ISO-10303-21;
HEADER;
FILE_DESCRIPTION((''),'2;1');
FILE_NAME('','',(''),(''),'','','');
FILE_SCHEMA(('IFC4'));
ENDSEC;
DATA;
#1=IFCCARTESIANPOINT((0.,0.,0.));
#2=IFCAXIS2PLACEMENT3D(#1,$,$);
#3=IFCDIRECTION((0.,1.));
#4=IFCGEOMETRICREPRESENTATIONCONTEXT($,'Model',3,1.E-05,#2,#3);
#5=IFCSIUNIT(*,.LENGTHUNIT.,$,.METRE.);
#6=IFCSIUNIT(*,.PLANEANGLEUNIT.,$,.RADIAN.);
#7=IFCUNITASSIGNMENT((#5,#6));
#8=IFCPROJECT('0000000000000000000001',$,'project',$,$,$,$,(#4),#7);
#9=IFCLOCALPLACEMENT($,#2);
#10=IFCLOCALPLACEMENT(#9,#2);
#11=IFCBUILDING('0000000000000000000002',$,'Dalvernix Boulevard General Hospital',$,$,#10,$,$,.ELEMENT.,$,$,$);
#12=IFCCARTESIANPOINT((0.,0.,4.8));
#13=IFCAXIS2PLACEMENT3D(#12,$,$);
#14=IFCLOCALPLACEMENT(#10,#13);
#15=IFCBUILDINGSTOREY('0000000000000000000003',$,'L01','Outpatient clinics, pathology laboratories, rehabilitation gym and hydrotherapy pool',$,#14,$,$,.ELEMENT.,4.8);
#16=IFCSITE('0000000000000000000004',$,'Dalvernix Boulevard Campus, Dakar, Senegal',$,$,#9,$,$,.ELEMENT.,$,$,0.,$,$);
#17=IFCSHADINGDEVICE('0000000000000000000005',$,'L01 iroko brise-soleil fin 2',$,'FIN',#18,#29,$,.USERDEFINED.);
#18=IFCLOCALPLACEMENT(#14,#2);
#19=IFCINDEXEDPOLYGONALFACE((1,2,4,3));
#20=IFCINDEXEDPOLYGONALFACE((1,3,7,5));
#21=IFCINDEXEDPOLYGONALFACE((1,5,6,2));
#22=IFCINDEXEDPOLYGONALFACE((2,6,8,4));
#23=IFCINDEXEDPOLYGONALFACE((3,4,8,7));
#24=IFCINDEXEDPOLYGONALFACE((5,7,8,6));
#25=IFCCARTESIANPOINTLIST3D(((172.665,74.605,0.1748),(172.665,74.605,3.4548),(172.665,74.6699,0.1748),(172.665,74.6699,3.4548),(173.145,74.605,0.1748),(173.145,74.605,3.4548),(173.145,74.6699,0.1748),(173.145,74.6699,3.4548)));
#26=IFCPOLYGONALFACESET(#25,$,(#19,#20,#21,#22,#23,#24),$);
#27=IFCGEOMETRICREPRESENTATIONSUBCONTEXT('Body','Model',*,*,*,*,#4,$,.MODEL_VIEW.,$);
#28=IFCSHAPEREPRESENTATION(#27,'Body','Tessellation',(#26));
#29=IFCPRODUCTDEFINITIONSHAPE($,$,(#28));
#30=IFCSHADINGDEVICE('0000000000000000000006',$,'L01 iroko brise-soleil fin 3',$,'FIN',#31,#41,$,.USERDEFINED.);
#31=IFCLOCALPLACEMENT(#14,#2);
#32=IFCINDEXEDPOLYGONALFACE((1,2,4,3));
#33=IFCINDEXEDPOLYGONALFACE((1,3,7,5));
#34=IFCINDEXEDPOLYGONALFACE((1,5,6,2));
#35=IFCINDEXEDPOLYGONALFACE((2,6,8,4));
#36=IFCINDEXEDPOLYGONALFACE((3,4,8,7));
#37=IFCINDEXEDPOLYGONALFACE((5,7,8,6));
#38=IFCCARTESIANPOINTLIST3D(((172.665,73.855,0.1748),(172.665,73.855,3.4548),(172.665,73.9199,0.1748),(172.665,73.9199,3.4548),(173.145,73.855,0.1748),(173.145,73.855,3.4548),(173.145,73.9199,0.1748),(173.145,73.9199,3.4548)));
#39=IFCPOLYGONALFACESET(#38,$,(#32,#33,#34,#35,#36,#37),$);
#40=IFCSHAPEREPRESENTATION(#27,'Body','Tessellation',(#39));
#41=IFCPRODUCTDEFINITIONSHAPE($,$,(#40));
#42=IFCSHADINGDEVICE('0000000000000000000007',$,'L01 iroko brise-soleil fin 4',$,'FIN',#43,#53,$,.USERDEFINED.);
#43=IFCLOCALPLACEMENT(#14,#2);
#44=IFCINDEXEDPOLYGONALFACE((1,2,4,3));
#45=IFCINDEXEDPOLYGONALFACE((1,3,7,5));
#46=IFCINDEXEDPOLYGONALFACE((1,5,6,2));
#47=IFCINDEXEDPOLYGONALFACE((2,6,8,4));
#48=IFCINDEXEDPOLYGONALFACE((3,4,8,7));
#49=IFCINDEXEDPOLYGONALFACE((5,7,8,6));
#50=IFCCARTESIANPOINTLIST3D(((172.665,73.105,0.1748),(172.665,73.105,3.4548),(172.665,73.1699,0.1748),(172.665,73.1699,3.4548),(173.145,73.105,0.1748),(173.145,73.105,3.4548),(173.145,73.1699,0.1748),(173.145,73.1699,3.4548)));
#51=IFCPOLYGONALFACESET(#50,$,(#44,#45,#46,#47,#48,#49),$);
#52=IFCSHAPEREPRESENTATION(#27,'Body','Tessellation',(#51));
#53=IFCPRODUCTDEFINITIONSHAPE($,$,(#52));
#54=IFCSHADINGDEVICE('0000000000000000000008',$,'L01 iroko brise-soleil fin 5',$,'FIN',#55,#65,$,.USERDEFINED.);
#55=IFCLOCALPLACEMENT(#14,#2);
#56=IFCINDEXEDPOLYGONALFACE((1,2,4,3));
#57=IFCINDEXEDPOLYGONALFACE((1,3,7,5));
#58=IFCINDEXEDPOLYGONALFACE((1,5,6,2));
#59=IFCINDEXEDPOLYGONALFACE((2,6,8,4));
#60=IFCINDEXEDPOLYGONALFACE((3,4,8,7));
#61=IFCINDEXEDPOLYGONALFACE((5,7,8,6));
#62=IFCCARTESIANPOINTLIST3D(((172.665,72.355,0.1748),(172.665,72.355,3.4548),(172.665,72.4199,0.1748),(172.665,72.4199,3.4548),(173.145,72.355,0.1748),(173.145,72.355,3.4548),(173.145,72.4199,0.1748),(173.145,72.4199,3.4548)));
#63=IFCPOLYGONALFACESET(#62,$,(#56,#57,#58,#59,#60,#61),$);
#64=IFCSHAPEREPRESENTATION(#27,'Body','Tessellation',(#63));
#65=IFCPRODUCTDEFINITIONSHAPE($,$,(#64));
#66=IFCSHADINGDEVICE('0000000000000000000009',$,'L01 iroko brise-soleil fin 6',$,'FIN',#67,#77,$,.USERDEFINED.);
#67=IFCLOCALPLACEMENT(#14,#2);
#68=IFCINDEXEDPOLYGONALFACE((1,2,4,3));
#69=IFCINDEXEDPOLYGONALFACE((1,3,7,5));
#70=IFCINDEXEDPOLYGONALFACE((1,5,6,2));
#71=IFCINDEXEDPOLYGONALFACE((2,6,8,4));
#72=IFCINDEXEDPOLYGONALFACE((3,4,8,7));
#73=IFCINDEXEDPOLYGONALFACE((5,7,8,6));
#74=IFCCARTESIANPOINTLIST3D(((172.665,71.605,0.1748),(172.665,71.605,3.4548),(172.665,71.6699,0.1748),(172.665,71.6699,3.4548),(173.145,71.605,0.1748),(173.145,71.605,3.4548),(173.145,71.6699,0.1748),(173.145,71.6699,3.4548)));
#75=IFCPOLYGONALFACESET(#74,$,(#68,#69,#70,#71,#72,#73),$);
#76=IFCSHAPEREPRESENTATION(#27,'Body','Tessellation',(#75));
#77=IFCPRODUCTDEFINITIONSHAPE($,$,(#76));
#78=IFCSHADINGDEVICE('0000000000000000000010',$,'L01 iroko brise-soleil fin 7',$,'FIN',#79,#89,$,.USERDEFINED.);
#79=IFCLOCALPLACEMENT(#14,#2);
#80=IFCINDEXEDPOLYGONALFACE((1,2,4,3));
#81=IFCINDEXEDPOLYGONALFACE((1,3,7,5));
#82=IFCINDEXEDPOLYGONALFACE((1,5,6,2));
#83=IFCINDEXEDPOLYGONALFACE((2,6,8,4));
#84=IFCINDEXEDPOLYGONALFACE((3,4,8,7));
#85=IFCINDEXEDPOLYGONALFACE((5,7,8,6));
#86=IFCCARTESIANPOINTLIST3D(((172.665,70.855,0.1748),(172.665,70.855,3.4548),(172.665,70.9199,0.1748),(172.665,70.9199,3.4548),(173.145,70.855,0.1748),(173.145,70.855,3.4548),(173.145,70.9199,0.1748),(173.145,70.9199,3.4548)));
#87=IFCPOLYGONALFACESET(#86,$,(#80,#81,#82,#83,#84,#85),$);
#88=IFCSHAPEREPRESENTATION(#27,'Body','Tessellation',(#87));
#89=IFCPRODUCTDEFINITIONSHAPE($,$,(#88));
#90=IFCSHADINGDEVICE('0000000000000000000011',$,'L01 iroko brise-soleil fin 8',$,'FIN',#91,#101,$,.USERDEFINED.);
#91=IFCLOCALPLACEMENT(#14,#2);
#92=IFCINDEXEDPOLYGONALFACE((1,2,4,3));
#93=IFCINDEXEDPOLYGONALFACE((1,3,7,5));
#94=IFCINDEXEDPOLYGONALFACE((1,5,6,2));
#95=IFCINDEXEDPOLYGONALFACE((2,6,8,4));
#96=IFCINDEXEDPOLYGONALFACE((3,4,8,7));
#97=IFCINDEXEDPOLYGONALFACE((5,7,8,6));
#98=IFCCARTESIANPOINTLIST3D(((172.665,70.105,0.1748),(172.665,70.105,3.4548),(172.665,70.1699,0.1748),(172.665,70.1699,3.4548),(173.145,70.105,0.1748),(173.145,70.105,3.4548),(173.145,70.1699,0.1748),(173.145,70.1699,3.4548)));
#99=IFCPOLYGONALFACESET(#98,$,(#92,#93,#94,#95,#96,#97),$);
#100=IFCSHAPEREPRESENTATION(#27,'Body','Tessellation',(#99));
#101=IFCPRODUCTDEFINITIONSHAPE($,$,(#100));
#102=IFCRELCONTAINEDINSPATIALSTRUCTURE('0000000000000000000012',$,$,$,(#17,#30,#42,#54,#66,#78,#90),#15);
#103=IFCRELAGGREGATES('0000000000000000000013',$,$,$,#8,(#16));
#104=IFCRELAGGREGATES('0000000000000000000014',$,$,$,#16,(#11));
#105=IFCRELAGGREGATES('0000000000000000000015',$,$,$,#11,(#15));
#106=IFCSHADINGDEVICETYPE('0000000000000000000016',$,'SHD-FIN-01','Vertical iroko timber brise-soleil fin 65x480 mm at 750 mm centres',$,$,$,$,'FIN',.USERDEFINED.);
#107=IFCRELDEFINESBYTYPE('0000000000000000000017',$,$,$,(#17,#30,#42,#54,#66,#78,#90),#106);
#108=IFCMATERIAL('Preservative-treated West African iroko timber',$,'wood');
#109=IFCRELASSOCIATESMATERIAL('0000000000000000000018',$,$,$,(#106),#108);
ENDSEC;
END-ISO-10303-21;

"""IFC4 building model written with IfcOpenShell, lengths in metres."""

from ifc_helpers import new_model, si_unit, direction, frame, origin, origin_2d, place, context, subcontext, project, spatial, rectangle, extrude, material, type_object, element, save


model = new_model("IFC4")

# Units and contexts
model_context = context("Model", 3, precision=1e-05, world=origin(), true_north=direction((0.0, 1.0)))
body_context = subcontext(model_context, "Body", "Model", "MODEL_VIEW")
ifc_project = project(units=[si_unit("LENGTHUNIT", "METRE"), si_unit("PLANEANGLEUNIT", "RADIAN")], contexts=[model_context])

# Site, building, storey
site_placement = place(None, origin())
site = spatial("IfcSite", under=ifc_project, at=site_placement, Name="Dalvernix Boulevard Campus, Dakar, Senegal", CompositionType="ELEMENT", RefElevation=0.0)
building_placement = place(site_placement, origin())
building = spatial("IfcBuilding", under=site, at=building_placement, Name="Dalvernix Boulevard General Hospital", CompositionType="ELEMENT")
storey_placement = place(building_placement, frame((0.0, 0.0, 4.8)))
storey = spatial("IfcBuildingStorey", under=building, at=storey_placement, Name="L01", Description="Outpatient clinics, pathology laboratories, rehabilitation gym and hydrotherapy pool", CompositionType="ELEMENT", Elevation=4.8)

# Shading devices
ifc_material_1 = material(Name="Preservative-treated West African iroko timber", Category="wood")
shading_device_type = type_object("IfcShadingDeviceType", Name="SHD-FIN-01", Description="Vertical iroko timber brise-soleil fin 65x480 mm at 750 mm centres", ElementType="FIN", PredefinedType="USERDEFINED", material=ifc_material_1)
for number, where, z_axis, x_axis, name in (
    (1, (172.905, 74.6375, 0.1748), (0.0, 0.0, 1.0), (0.0, -1.0, 0.0), "L01 iroko brise-soleil fin 2"),
    (2, (172.905, 73.8875, 0.1748), (0.0, 0.0, 1.0), (0.0, -1.0, 0.0), "L01 iroko brise-soleil fin 3"),
    (3, (172.905, 73.1375, 0.1748), (0.0, 0.0, 1.0), (0.0, -1.0, 0.0), "L01 iroko brise-soleil fin 4"),
    (4, (172.905, 72.3875, 0.1748), (0.0, 0.0, 1.0), (0.0, -1.0, 0.0), "L01 iroko brise-soleil fin 5"),
    (5, (172.905, 71.6375, 0.1748), (0.0, 0.0, 1.0), (0.0, -1.0, 0.0), "L01 iroko brise-soleil fin 6"),
    (6, (172.905, 70.8875, 0.1748), (0.0, 0.0, 1.0), (0.0, -1.0, 0.0), "L01 iroko brise-soleil fin 7"),
    (7, (172.905, 70.1375, 0.1748), (0.0, 0.0, 1.0), (0.0, -1.0, 0.0), "L01 iroko brise-soleil fin 8"),
):
    element("IfcShadingDevice", number, at=place(storey_placement, frame(where, z_axis=z_axis, x_axis=x_axis)), inside=storey, type_object=shading_device_type, Name=name, ObjectType="FIN", PredefinedType="USERDEFINED", context=body_context, shape_type="SweptSolid", body=[
        extrude(rectangle(XDim=0.0649, YDim=0.48, at=origin_2d()), origin(), (0.0, 0.0, 1.0), 3.28),
    ])

save(model, "model.ifc")
